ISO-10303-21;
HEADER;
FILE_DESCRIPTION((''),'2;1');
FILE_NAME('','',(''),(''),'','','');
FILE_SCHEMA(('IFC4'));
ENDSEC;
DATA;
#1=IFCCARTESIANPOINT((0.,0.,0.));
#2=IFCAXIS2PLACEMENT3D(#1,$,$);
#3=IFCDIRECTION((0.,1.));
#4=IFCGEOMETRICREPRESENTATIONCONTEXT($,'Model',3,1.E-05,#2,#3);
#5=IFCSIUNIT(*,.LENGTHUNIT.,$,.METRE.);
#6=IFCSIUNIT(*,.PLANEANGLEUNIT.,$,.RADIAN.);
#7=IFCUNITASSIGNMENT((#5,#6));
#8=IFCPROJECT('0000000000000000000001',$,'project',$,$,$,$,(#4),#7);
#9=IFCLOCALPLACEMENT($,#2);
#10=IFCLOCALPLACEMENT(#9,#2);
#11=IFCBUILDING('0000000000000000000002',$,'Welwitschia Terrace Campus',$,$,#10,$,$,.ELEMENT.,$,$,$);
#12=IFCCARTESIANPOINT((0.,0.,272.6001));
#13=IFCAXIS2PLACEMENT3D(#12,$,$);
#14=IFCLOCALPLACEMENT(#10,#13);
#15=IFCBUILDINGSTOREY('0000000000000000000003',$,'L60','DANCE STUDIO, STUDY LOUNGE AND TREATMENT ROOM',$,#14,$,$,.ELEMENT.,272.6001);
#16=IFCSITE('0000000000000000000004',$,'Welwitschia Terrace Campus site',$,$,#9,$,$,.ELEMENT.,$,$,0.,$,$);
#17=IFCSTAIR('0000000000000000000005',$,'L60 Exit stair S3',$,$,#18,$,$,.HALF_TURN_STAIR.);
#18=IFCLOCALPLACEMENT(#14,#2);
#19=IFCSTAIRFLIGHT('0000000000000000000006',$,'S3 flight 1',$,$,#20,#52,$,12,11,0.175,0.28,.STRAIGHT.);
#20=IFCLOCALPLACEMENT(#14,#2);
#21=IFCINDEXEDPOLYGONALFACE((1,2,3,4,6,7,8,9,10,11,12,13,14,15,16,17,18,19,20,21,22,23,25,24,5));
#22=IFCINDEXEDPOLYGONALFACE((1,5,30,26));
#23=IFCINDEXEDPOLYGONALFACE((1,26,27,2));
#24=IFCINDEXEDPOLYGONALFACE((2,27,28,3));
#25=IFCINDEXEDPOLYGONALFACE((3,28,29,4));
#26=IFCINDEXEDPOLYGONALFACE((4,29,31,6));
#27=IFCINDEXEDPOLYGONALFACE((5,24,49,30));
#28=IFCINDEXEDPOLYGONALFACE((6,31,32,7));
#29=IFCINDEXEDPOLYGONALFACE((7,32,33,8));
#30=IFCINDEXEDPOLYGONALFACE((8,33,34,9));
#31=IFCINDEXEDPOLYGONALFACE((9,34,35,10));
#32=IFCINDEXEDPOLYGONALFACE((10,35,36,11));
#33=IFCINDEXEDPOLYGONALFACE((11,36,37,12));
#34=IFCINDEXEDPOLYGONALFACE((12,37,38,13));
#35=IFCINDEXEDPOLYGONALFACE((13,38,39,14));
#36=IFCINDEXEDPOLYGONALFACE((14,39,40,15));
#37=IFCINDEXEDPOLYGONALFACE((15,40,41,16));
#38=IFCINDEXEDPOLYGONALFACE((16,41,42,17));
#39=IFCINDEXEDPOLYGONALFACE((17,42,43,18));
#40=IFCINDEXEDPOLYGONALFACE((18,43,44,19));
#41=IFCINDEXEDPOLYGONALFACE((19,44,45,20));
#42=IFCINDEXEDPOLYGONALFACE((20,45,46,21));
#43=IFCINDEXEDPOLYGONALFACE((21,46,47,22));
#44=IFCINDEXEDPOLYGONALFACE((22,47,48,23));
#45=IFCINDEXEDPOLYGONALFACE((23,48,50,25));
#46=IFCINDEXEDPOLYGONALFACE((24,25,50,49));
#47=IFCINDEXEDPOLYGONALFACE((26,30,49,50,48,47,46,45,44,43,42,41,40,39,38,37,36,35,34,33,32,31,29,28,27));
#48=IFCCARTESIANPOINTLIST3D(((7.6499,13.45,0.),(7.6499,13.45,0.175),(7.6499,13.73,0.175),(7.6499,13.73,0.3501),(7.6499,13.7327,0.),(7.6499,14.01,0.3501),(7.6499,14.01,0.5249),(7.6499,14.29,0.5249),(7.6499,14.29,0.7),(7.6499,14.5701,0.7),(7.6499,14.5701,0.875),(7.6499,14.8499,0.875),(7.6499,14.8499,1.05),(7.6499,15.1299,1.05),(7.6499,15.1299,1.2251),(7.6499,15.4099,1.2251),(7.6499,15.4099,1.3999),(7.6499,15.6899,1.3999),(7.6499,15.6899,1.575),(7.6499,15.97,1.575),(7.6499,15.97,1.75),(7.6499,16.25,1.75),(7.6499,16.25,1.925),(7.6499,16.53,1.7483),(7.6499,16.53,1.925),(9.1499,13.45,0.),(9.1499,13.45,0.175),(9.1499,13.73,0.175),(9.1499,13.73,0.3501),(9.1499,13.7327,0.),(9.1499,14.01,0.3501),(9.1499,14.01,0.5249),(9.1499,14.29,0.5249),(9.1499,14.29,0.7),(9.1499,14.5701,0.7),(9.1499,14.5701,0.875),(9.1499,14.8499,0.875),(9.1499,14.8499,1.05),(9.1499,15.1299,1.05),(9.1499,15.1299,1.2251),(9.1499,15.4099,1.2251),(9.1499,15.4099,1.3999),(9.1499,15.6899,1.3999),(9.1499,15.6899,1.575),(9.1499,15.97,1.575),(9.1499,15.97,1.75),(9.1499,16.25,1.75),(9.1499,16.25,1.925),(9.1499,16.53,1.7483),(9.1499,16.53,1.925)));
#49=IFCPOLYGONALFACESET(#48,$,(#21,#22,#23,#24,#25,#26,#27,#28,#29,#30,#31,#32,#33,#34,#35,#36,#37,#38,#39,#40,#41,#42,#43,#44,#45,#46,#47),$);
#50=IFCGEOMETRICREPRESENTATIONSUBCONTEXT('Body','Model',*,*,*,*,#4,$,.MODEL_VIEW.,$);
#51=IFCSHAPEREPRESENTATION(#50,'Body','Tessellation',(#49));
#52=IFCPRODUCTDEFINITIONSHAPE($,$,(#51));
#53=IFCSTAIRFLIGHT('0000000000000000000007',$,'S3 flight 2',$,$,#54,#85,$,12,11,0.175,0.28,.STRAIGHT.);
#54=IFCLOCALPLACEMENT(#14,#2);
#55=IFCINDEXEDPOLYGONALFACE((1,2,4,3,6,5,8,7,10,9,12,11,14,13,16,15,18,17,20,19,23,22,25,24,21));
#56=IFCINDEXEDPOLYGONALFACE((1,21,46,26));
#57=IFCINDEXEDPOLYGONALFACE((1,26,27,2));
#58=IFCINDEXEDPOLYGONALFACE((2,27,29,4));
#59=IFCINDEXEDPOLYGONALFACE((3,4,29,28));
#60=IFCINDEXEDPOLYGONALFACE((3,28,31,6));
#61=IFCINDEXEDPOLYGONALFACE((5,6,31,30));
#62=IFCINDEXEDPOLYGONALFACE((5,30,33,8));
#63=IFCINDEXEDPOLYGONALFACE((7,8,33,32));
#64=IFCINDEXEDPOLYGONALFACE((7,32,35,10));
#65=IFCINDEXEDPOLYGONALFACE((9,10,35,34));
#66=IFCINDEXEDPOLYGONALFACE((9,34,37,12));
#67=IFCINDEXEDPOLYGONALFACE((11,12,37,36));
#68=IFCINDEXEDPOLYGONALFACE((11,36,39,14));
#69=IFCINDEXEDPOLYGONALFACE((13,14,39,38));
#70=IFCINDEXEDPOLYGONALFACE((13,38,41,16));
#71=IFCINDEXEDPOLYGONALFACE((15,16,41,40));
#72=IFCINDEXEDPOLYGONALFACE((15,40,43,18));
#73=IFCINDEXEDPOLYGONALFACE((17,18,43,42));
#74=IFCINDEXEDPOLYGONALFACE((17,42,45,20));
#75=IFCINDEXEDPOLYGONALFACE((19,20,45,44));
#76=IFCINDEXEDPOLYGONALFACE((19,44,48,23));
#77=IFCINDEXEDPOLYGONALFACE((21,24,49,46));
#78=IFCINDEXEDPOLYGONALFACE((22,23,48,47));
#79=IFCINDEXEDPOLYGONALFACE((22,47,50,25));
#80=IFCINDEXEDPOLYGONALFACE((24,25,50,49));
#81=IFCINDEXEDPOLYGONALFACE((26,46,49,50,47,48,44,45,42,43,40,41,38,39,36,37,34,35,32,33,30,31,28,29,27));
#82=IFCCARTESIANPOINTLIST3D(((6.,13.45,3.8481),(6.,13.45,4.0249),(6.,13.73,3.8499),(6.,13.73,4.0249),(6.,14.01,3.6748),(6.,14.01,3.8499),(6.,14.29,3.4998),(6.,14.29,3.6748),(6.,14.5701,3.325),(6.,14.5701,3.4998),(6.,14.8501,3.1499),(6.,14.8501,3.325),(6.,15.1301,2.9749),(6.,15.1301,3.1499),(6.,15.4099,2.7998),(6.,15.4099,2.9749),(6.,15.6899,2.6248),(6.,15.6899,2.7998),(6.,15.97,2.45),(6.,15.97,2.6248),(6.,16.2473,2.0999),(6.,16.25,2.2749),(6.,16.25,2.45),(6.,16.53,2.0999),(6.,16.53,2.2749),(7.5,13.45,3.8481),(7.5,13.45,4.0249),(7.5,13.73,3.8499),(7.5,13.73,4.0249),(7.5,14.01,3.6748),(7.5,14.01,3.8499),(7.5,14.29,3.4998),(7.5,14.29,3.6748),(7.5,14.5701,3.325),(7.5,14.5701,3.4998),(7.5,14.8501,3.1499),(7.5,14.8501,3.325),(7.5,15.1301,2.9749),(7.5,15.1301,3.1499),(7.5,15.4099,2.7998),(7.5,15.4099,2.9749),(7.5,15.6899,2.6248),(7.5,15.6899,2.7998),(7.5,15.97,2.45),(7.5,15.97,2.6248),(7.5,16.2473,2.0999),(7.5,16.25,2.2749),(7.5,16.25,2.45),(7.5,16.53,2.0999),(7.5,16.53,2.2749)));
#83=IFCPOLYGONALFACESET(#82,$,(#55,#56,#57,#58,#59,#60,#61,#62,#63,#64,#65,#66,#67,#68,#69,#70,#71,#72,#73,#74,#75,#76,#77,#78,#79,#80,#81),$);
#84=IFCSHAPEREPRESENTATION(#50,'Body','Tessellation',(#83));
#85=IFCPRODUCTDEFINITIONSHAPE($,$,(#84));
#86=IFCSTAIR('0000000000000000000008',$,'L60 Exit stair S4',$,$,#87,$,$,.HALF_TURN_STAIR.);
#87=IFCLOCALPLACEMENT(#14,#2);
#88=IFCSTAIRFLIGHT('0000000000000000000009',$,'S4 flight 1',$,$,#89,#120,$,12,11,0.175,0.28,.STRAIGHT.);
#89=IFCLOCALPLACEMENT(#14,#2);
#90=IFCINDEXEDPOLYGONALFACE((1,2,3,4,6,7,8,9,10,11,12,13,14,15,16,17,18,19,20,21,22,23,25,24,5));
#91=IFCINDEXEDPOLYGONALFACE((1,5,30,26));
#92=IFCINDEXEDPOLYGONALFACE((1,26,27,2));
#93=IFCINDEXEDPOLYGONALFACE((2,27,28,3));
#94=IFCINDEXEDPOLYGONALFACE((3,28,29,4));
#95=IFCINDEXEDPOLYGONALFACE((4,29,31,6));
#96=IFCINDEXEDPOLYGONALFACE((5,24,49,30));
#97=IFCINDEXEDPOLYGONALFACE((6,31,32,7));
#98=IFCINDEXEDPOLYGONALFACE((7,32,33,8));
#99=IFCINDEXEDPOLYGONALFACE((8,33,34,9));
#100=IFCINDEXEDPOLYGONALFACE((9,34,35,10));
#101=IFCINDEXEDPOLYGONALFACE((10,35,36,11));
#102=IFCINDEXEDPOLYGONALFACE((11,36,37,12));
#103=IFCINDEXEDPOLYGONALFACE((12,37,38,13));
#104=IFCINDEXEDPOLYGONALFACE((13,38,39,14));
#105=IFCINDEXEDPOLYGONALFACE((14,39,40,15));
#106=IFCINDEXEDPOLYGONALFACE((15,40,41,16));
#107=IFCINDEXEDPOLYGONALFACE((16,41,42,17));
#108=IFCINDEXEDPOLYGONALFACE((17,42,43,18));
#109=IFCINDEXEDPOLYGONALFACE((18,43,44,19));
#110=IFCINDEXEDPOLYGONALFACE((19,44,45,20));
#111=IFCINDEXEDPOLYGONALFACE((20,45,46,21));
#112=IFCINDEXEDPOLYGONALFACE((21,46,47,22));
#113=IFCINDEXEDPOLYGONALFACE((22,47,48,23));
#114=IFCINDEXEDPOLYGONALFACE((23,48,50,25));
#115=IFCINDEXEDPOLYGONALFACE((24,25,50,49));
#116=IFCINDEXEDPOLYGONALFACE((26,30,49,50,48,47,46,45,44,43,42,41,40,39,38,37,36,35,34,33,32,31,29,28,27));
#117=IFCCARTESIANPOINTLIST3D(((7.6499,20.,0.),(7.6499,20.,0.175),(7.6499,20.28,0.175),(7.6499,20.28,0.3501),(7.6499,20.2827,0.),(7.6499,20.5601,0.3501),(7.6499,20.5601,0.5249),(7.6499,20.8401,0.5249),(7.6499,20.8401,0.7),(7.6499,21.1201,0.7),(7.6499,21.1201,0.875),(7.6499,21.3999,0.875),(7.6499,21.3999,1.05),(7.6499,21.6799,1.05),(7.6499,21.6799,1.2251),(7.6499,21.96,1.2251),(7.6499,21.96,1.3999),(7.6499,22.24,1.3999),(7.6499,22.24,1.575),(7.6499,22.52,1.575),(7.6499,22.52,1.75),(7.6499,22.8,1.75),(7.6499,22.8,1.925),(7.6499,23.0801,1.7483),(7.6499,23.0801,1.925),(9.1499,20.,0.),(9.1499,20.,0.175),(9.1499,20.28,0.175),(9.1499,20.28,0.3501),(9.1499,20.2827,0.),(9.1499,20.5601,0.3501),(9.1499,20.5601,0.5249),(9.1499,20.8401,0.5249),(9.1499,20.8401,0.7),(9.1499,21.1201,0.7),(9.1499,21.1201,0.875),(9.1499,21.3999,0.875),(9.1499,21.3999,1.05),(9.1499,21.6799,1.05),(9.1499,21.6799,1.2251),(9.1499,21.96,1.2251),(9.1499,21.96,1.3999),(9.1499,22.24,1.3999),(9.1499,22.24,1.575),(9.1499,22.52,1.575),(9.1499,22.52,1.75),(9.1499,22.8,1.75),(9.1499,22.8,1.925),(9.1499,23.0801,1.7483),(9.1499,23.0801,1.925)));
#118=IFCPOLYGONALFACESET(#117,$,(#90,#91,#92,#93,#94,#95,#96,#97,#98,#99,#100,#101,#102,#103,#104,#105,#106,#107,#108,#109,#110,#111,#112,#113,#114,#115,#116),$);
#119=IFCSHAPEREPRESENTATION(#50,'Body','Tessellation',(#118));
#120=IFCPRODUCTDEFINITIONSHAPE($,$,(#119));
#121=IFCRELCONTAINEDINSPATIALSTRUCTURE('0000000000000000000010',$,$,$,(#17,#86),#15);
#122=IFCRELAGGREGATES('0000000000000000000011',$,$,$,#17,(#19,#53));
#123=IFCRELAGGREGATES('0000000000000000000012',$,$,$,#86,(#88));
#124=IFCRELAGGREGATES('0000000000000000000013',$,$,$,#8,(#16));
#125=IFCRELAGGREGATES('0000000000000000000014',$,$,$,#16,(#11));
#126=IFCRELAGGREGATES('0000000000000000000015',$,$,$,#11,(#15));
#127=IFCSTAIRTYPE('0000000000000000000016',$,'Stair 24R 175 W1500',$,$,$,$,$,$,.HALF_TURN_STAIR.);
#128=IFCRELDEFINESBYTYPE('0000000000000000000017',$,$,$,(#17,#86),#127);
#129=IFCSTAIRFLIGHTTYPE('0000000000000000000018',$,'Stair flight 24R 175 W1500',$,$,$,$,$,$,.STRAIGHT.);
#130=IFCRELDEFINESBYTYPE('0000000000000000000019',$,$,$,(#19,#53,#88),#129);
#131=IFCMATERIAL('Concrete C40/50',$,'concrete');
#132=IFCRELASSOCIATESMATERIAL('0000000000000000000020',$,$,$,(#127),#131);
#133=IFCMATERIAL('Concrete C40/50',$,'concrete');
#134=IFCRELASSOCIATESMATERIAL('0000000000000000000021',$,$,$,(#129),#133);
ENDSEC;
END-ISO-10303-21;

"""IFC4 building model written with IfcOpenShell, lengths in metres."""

from ifc_helpers import new_model, si_unit, direction, frame, origin, place, context, subcontext, project, spatial, polyline, outline, extrude, material, type_object, element, aggregate, save


model = new_model("IFC4")

# Units and contexts
model_context = context("Model", 3, precision=1e-05, world=origin(), true_north=direction((0.0, 1.0)))
body_context = subcontext(model_context, "Body", "Model", "MODEL_VIEW")
ifc_project = project(units=[si_unit("LENGTHUNIT", "METRE"), si_unit("PLANEANGLEUNIT", "RADIAN")], contexts=[model_context])

# Site, building, storey
site_placement = place(None, origin())
site = spatial("IfcSite", under=ifc_project, at=site_placement, Name="Welwitschia Terrace Campus site", CompositionType="ELEMENT", RefElevation=0.0)
building_placement = place(site_placement, origin())
building = spatial("IfcBuilding", under=site, at=building_placement, Name="Welwitschia Terrace Campus", CompositionType="ELEMENT")
storey_placement = place(building_placement, frame((0.0, 0.0, 272.6001)))
storey = spatial("IfcBuildingStorey", under=building, at=storey_placement, Name="L60", Description="DANCE STUDIO, STUDY LOUNGE AND TREATMENT ROOM", CompositionType="ELEMENT", Elevation=272.6001)

# Stair, stair flights
ifc_material_1 = material(Name="Concrete C40/50", Category="concrete")
stair_type = type_object("IfcStairType", Name="Stair 24R 175 W1500", PredefinedType="HALF_TURN_STAIR", material=ifc_material_1)
stair_1_placement = place(storey_placement, origin())
stair_1 = element("IfcStair", 1, at=stair_1_placement, inside=storey, type_object=stair_type, Name="L60 Exit stair S3", PredefinedType="HALF_TURN_STAIR")
ifc_material_2 = material(Name="Concrete C40/50", Category="concrete")
stair_flight_type = type_object("IfcStairFlightType", Name="Stair flight 24R 175 W1500", PredefinedType="STRAIGHT", material=ifc_material_2)
stair_flight_1_placement = place(storey_placement, frame((8.3999, 13.45, 0.0), z_axis=(0.0, 0.0, 1.0), x_axis=(0.0, 1.0, 0.0)))
stair_flight_1 = element("IfcStairFlight", 2, at=stair_flight_1_placement, type_object=stair_flight_type, Name="S3 flight 1", NumberOfRisers=12, NumberOfTreads=11, PredefinedType="STRAIGHT", RiserHeight=0.175, TreadLength=0.28, context=body_context, shape_type="SweptSolid", body=[
    extrude(outline(polyline([(0.0, 0.0), (0.0, 0.175), (0.28, 0.175), (0.28, 0.3501), (0.5601, 0.3501), (0.5601, 0.5249), (0.8401, 0.5249), (0.8401, 0.7), (1.1201, 0.7), (1.1201, 0.875), (1.3999, 0.875), (1.3999, 1.05), (1.6799, 1.05), (1.6799, 1.2251), (1.96, 1.2251), (1.96, 1.3999), (2.24, 1.3999), (2.24, 1.575), (2.52, 1.575), (2.52, 1.75), (2.8, 1.75), (2.8, 1.925), (3.0801, 1.925), (3.0801, 2.1001), (3.0801, 1.7483), (0.2827, 0.0), (0.0, 0.0)])), frame((0.0, 0.75, 0.0), z_axis=(0.0, -1.0, 0.0), x_axis=(1.0, 0.0, 0.0)), (0.0, 0.0, 1.0), 1.5),
])
stair_flight_2_placement = place(storey_placement, frame((6.75, 16.53, 2.0999), z_axis=(0.0, 0.0, 1.0), x_axis=(0.0, -1.0, 0.0)))
stair_flight_2 = element("IfcStairFlight", 3, at=stair_flight_2_placement, type_object=stair_flight_type, Name="S3 flight 2", NumberOfRisers=12, NumberOfTreads=11, PredefinedType="STRAIGHT", RiserHeight=0.175, TreadLength=0.28, context=body_context, shape_type="SweptSolid", body=[
    extrude(outline(polyline([(0.0, 0.0), (0.0, 0.175), (0.28, 0.175), (0.28, 0.3501), (0.5601, 0.3501), (0.5601, 0.5249), (0.8401, 0.5249), (0.8401, 0.7), (1.1201, 0.7), (1.1201, 0.875), (1.3999, 0.875), (1.3999, 1.05), (1.6799, 1.05), (1.6799, 1.2251), (1.96, 1.2251), (1.96, 1.3999), (2.24, 1.3999), (2.24, 1.575), (2.52, 1.575), (2.52, 1.75), (2.8, 1.75), (2.8, 1.925), (3.0801, 1.925), (3.0801, 2.1001), (3.0801, 1.7483), (0.2827, 0.0), (0.0, 0.0)])), frame((0.0, 0.75, 0.0), z_axis=(0.0, -1.0, 0.0), x_axis=(1.0, 0.0, 0.0)), (0.0, 0.0, 1.0), 1.5),
])
aggregate(stair_1, [stair_flight_1, stair_flight_2])

# Stair, stair flight
stair_2_placement = place(storey_placement, origin())
stair_2 = element("IfcStair", 4, at=stair_2_placement, inside=storey, type_object=stair_type, Name="L60 Exit stair S4", PredefinedType="HALF_TURN_STAIR")
stair_flight_3_placement = place(storey_placement, frame((8.3999, 20.0, 0.0), z_axis=(0.0, 0.0, 1.0), x_axis=(0.0, 1.0, 0.0)))
stair_flight_3 = element("IfcStairFlight", 5, at=stair_flight_3_placement, type_object=stair_flight_type, Name="S4 flight 1", NumberOfRisers=12, NumberOfTreads=11, PredefinedType="STRAIGHT", RiserHeight=0.175, TreadLength=0.28, context=body_context, shape_type="SweptSolid", body=[
    extrude(outline(polyline([(0.0, 0.0), (0.0, 0.175), (0.28, 0.175), (0.28, 0.3501), (0.5601, 0.3501), (0.5601, 0.5249), (0.8401, 0.5249), (0.8401, 0.7), (1.1201, 0.7), (1.1201, 0.875), (1.3999, 0.875), (1.3999, 1.05), (1.6799, 1.05), (1.6799, 1.2251), (1.96, 1.2251), (1.96, 1.3999), (2.24, 1.3999), (2.24, 1.575), (2.52, 1.575), (2.52, 1.75), (2.8, 1.75), (2.8, 1.925), (3.0801, 1.925), (3.0801, 2.1001), (3.0801, 1.7483), (0.2827, 0.0), (0.0, 0.0)])), frame((0.0, 0.75, 0.0), z_axis=(0.0, -1.0, 0.0), x_axis=(1.0, 0.0, 0.0)), (0.0, 0.0, 1.0), 1.5),
])
aggregate(stair_2, [stair_flight_3])

save(model, "model.ifc")
